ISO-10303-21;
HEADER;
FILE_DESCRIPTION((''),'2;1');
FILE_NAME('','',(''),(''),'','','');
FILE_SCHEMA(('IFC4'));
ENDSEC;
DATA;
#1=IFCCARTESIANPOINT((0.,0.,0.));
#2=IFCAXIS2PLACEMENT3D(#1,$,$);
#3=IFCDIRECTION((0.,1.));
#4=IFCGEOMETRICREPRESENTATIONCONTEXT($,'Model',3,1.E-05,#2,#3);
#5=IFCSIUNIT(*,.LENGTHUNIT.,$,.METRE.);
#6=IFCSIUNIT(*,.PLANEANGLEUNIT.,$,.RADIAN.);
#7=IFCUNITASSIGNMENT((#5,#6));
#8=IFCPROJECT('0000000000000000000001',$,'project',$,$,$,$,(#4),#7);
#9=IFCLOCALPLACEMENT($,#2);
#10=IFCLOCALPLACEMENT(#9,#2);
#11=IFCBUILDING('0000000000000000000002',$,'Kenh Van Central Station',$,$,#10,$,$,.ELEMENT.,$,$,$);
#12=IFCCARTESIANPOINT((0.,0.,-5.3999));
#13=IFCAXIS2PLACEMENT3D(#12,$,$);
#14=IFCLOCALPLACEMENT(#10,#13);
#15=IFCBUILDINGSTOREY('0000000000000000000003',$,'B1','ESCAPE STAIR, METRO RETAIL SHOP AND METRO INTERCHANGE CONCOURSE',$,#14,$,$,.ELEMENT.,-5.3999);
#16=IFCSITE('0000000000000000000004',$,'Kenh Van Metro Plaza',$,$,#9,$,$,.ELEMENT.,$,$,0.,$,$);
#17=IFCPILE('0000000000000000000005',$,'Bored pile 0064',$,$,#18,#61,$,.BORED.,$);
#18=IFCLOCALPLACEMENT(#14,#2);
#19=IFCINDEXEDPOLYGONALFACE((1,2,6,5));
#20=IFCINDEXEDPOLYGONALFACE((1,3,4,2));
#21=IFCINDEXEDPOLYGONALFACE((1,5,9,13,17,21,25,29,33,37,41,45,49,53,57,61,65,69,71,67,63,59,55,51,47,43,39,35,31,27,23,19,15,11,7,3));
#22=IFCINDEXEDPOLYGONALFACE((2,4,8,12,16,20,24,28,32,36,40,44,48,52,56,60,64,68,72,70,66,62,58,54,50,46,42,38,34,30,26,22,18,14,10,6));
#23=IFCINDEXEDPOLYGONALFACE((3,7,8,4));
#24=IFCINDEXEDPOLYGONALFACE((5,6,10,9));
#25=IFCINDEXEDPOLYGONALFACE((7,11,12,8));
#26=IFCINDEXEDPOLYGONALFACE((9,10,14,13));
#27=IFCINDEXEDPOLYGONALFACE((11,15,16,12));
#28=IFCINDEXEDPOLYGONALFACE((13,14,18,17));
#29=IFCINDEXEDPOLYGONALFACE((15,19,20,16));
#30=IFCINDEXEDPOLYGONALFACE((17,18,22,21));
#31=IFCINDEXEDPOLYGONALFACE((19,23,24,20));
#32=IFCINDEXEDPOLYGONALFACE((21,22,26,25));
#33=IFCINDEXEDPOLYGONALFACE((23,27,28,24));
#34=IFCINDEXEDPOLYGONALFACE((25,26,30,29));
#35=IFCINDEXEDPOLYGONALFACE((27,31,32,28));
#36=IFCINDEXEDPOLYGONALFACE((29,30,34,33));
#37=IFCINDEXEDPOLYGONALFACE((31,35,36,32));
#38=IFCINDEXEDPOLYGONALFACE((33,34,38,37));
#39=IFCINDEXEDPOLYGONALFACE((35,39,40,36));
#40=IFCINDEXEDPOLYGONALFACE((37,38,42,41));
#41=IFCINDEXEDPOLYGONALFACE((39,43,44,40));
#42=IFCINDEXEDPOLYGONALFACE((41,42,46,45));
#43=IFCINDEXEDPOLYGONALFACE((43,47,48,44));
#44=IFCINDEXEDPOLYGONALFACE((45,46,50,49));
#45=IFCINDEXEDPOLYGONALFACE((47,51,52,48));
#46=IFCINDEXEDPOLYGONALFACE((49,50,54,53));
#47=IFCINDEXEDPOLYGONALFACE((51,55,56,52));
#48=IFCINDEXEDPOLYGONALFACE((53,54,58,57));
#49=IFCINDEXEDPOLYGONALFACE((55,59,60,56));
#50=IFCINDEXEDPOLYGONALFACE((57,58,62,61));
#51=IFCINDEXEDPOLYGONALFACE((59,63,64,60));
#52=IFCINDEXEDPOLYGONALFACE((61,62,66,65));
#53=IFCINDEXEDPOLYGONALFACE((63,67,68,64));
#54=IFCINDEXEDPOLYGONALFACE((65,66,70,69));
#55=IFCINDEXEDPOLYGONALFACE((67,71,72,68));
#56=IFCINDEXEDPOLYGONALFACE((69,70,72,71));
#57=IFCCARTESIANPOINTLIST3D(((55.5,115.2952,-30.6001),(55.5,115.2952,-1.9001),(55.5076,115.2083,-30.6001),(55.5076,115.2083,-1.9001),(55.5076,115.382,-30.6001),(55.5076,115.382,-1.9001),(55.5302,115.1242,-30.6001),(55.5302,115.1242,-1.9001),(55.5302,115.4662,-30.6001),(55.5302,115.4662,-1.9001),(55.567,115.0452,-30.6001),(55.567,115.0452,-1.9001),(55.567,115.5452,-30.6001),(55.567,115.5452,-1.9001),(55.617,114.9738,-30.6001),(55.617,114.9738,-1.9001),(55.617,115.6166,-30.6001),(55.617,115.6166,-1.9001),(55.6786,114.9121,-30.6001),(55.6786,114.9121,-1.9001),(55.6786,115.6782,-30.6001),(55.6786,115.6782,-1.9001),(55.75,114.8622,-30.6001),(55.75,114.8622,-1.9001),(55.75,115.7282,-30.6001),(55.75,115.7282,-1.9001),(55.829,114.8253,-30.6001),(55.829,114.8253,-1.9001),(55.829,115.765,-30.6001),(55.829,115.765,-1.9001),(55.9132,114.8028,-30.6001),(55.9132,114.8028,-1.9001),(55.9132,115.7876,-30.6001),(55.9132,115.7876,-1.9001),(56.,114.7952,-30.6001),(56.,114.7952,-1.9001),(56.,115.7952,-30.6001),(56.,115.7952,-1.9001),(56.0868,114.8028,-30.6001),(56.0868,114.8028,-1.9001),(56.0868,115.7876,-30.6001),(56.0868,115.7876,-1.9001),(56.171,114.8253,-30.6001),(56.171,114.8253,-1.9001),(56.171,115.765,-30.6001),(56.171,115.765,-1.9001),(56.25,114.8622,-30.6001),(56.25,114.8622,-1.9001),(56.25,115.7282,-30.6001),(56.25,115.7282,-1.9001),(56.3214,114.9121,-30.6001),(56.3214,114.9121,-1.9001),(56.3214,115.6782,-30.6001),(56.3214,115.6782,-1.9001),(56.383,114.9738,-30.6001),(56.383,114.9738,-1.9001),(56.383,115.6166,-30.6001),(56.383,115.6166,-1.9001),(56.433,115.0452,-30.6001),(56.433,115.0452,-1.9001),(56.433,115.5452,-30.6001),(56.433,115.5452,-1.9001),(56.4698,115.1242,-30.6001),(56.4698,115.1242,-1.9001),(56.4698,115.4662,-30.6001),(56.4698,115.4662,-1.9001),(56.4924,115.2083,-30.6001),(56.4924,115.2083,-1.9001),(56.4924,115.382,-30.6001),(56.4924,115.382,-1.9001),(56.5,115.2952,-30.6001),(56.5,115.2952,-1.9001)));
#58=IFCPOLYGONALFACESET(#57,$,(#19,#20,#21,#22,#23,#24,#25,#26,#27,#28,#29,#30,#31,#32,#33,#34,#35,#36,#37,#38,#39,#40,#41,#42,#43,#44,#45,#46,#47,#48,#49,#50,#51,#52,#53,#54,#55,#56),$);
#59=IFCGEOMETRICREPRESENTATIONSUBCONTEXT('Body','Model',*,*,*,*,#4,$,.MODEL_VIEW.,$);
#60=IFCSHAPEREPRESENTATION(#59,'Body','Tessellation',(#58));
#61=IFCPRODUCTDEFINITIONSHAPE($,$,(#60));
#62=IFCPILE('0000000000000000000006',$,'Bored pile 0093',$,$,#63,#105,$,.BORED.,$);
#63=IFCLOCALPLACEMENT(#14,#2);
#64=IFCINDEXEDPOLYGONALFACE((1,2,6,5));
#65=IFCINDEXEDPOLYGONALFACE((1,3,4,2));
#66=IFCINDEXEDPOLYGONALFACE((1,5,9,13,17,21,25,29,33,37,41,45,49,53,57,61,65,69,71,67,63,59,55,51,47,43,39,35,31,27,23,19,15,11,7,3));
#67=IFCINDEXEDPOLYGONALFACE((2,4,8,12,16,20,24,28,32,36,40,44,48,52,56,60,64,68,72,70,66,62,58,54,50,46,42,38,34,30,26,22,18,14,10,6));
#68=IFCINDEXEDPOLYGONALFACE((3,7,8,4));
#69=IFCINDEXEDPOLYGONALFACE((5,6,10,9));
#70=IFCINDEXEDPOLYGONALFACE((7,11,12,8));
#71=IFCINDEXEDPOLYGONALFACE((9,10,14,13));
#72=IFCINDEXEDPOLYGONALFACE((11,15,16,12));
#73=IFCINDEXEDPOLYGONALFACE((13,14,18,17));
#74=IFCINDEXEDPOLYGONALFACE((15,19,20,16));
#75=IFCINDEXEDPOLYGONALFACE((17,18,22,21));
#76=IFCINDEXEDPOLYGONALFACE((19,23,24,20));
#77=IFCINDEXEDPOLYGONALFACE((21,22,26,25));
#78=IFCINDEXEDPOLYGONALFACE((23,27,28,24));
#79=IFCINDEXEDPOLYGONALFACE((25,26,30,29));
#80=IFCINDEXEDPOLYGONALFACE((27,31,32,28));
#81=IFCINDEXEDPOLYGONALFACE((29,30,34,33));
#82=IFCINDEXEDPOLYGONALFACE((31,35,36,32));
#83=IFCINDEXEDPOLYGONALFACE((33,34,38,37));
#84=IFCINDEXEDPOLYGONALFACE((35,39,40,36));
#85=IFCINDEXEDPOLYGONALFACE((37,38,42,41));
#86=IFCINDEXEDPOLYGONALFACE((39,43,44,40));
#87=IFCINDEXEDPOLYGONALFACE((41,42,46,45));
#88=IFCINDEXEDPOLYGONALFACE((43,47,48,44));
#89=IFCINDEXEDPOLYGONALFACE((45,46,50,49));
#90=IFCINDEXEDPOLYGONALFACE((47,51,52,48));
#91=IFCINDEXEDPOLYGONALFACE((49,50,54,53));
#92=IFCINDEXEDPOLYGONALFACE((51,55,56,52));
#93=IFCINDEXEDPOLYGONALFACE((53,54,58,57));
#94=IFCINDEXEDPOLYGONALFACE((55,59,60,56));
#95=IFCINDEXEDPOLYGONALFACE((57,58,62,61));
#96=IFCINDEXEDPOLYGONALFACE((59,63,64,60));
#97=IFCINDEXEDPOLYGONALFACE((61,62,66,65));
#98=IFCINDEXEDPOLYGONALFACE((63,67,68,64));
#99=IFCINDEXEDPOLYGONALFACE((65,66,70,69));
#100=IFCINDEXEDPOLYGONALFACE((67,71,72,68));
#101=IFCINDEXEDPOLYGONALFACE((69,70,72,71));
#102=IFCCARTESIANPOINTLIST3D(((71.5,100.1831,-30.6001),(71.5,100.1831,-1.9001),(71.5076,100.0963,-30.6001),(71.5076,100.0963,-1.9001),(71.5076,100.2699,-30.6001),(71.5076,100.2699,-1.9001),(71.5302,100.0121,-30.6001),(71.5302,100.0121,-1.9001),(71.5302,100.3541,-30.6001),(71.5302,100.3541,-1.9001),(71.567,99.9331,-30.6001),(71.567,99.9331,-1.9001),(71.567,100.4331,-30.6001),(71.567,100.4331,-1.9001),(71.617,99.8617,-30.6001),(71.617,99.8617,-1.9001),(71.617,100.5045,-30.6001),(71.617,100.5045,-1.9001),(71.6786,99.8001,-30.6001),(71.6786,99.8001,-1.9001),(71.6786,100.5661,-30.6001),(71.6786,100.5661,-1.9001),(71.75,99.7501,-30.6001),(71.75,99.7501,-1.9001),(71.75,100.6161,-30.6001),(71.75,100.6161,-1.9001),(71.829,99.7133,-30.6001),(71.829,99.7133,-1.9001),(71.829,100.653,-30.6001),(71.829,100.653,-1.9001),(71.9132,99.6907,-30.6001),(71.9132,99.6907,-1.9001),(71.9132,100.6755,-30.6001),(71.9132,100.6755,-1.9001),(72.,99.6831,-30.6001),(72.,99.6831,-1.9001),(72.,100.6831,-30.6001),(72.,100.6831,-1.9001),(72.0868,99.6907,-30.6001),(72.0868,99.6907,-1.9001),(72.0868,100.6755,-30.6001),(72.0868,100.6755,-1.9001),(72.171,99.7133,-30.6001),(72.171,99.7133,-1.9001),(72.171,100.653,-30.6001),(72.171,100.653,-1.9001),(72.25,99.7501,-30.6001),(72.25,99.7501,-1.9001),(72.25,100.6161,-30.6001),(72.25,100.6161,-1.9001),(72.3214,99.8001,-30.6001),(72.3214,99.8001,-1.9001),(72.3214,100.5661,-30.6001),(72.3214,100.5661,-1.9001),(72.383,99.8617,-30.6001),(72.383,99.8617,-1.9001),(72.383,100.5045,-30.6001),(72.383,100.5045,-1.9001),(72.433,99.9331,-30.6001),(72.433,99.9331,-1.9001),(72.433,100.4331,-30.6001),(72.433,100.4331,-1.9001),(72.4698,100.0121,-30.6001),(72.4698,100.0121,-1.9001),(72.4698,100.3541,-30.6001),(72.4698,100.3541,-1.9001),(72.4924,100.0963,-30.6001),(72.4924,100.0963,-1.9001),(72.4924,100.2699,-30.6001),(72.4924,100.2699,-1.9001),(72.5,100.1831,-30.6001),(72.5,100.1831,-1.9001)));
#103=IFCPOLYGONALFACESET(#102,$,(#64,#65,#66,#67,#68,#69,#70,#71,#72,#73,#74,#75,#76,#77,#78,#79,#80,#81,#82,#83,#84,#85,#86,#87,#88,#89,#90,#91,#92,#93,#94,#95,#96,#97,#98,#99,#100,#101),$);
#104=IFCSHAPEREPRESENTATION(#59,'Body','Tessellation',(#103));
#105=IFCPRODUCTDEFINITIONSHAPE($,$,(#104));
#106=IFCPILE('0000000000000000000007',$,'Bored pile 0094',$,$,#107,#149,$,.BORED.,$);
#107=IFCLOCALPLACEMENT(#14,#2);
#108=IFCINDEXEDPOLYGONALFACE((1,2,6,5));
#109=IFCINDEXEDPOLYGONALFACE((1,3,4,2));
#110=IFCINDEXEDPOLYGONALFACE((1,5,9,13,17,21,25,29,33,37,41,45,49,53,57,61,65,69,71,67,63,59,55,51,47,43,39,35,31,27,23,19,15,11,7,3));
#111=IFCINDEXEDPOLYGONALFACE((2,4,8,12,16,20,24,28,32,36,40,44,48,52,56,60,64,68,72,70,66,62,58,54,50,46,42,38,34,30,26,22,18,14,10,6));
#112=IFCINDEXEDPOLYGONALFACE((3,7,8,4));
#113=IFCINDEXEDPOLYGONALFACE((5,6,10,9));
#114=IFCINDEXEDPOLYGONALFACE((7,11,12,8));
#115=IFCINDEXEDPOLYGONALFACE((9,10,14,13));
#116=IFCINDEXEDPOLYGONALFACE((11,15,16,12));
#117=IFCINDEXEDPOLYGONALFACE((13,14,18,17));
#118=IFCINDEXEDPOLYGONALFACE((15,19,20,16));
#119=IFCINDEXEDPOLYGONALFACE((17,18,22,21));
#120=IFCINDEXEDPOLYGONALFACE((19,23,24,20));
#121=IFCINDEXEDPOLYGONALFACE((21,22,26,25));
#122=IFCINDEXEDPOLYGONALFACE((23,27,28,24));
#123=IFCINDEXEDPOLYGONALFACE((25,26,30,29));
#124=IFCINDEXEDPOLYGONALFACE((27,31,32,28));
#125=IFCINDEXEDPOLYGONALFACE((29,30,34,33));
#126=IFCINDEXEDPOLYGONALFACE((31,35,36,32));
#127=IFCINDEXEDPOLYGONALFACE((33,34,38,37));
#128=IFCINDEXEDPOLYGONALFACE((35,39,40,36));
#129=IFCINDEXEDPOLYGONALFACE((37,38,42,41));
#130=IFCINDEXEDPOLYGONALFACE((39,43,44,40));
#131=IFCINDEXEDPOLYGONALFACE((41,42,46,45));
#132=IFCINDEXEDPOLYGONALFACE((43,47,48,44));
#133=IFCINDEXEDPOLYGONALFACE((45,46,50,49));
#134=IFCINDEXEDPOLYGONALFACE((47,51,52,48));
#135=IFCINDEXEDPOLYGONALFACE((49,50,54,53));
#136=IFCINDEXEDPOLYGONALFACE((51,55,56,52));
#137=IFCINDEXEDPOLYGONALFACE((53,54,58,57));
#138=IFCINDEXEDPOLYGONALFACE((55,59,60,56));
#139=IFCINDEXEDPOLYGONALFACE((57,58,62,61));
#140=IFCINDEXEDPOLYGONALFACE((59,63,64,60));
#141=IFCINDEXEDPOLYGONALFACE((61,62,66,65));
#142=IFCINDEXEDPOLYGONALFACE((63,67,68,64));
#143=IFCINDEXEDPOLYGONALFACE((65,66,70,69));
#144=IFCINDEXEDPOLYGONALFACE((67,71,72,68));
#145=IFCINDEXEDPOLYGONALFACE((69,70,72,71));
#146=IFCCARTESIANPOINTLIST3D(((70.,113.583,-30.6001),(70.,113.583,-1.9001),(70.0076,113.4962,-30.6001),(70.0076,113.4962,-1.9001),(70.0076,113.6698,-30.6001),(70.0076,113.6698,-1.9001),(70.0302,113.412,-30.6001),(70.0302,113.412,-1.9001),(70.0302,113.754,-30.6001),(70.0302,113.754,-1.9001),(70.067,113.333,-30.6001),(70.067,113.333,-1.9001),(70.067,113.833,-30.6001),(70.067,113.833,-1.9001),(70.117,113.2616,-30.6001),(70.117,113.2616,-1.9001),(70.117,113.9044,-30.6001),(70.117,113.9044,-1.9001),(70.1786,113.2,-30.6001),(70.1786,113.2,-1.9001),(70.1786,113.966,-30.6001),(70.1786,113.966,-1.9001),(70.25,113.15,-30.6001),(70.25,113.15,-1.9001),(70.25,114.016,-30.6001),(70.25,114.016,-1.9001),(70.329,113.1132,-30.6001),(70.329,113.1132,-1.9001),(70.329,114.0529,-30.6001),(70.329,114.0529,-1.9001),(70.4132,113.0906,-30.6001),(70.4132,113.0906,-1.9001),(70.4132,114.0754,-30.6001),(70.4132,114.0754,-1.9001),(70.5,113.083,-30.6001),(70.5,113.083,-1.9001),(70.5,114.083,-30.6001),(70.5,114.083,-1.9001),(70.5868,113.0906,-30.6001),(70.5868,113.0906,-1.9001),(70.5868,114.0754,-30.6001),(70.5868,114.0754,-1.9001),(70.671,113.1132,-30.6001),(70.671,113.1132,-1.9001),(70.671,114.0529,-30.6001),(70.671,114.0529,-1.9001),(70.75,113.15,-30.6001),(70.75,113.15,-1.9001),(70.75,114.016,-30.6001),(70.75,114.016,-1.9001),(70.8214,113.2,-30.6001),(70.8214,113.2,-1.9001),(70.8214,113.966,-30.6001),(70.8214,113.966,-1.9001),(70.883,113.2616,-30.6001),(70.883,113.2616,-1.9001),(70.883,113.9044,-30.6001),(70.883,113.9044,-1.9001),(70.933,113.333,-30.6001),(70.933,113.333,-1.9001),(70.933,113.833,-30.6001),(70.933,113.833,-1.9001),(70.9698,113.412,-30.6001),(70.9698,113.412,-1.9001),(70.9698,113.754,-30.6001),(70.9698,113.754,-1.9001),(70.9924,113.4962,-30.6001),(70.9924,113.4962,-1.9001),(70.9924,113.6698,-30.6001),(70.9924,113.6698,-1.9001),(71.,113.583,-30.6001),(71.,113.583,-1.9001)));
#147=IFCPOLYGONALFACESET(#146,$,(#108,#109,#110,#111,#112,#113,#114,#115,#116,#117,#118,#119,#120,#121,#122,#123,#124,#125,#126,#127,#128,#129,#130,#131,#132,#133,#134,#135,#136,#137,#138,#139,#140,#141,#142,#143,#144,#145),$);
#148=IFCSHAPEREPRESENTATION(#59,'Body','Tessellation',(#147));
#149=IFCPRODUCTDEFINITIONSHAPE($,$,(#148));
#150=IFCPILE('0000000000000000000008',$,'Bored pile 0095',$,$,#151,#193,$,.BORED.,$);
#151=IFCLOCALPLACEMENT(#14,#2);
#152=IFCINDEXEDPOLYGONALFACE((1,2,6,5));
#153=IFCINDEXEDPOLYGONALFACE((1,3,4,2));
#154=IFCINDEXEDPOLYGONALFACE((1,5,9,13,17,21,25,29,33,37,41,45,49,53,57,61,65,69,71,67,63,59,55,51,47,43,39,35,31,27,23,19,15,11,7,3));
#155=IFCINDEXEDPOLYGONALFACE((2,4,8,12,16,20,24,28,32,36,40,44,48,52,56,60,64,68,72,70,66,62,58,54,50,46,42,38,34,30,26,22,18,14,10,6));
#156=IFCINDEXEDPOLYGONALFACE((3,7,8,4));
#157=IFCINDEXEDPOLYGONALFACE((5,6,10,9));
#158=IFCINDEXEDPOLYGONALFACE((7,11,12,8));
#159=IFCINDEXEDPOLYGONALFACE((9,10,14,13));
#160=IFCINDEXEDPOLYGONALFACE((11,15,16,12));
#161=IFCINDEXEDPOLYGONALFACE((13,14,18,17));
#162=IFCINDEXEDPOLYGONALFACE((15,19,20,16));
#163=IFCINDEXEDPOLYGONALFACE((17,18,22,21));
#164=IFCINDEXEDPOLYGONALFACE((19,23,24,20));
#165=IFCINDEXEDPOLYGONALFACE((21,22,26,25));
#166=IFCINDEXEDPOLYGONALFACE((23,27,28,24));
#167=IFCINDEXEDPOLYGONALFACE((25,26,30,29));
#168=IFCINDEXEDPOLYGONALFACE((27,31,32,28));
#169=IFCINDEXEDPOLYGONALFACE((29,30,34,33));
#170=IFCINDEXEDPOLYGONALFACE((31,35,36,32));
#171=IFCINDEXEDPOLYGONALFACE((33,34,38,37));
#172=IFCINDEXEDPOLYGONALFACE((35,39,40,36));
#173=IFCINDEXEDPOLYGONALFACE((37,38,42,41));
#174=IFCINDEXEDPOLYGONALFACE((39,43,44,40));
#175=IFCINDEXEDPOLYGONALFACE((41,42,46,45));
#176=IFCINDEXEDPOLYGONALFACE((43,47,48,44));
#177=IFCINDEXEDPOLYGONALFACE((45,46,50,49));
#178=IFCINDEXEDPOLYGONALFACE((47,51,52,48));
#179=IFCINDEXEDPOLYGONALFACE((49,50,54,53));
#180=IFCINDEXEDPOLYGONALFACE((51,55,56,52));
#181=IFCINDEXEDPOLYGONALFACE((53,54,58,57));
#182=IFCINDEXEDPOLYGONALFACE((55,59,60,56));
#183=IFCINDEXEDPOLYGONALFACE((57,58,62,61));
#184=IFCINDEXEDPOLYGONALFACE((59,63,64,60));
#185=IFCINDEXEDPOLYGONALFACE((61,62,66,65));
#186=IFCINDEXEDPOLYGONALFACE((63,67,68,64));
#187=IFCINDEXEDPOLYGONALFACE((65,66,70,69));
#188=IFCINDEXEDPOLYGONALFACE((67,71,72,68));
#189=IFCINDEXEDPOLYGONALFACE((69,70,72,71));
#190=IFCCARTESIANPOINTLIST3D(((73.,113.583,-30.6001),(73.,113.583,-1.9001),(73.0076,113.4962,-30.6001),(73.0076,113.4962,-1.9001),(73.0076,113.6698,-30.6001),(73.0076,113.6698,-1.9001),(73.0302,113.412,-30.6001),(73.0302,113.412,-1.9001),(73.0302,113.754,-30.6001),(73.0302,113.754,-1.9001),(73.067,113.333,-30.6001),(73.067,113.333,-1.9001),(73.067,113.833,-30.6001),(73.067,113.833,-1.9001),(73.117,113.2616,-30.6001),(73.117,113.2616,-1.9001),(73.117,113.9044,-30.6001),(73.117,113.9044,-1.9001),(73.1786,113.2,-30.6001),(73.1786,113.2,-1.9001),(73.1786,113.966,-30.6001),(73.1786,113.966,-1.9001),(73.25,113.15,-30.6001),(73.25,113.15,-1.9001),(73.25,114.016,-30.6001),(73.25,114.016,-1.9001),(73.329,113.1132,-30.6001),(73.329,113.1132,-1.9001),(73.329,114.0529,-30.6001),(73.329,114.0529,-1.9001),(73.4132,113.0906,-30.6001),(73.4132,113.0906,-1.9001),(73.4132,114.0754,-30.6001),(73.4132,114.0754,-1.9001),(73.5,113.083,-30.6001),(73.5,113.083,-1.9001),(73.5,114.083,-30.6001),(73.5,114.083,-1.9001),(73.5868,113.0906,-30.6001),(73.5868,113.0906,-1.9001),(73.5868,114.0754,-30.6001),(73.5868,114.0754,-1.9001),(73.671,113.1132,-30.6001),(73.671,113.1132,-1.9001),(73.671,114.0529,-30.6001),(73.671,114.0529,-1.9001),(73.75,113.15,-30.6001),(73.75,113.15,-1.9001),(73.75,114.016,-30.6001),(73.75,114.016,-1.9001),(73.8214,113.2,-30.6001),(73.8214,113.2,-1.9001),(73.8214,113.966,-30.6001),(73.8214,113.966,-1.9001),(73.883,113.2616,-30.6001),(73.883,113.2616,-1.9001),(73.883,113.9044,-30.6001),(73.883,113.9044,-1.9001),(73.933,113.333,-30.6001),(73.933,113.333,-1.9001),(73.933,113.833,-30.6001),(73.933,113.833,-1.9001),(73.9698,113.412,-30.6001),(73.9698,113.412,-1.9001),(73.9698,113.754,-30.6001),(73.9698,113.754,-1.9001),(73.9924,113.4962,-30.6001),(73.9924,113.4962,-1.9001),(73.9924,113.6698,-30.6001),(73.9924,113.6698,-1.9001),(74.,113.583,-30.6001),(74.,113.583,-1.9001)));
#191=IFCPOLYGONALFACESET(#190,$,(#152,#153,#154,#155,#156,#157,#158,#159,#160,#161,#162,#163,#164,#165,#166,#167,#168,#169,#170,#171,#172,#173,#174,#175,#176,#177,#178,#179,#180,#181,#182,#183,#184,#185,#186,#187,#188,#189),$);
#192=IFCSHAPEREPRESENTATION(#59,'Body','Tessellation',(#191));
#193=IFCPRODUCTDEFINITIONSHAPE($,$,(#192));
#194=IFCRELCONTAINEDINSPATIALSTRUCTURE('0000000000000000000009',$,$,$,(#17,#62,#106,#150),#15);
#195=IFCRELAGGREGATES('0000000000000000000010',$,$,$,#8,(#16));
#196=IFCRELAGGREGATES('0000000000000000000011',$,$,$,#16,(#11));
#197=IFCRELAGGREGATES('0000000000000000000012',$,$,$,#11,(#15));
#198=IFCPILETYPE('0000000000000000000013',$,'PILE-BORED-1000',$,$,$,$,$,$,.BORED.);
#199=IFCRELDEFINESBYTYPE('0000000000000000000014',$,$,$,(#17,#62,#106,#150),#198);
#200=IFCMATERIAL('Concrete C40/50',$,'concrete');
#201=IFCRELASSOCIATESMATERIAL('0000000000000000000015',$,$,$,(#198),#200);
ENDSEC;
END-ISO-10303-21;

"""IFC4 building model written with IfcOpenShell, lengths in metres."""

from ifc_helpers import new_model, si_unit, direction, frame, origin, origin_2d, place, context, subcontext, project, spatial, circle, extrude, material, material_profile, profile_set, type_object, element, save


model = new_model("IFC4")

# Units and contexts
model_context = context("Model", 3, precision=1e-05, world=origin(), true_north=direction((0.0, 1.0)))
body_context = subcontext(model_context, "Body", "Model", "MODEL_VIEW")
ifc_project = project(units=[si_unit("LENGTHUNIT", "METRE"), si_unit("PLANEANGLEUNIT", "RADIAN")], contexts=[model_context])

# Site, building, storey
site_placement = place(None, origin())
site = spatial("IfcSite", under=ifc_project, at=site_placement, Name="Kenh Van Metro Plaza", CompositionType="ELEMENT", RefElevation=0.0)
building_placement = place(site_placement, origin())
building = spatial("IfcBuilding", under=site, at=building_placement, Name="Kenh Van Central Station", CompositionType="ELEMENT")
storey_placement = place(building_placement, frame((0.0, 0.0, -5.3999)))
storey = spatial("IfcBuildingStorey", under=building, at=storey_placement, Name="B1", Description="ESCAPE STAIR, METRO RETAIL SHOP AND METRO INTERCHANGE CONCOURSE", CompositionType="ELEMENT", Elevation=-5.3999)

# Shared definitions
ifc_material_1 = material(Name="Concrete C40/50", Category="concrete")

# Piles
ifc_material_profile_1 = material_profile(ifc_material_1, circle(Radius=0.5, at=origin_2d()), Name="PILE D1000")
ifc_profile_set_1 = profile_set([ifc_material_profile_1], Name="Concrete C40/50")
pile_type_1 = type_object("IfcPileType", Name="PILE-BORED-1000", PredefinedType="BORED", material=ifc_profile_set_1)
for number, where, z_axis, x_axis, name in (
    (1, (56.0, 115.2952, -1.9001), (0.0, 0.0, -1.0), (1.0, 0.0, 0.0), "Bored pile 0064"),
    (2, (72.0, 100.1831, -1.9001), (0.0, 0.0, -1.0), (1.0, 0.0, 0.0), "Bored pile 0093"),
    (3, (70.5, 113.583, -1.9001), (0.0, 0.0, -1.0), (1.0, 0.0, 0.0), "Bored pile 0094"),
    (4, (73.5, 113.583, -1.9001), (0.0, 0.0, -1.0), (1.0, 0.0, 0.0), "Bored pile 0095"),
):
    element("IfcPile", number, at=place(storey_placement, frame(where, z_axis=z_axis, x_axis=x_axis)), inside=storey, type_object=pile_type_1, Name=name, PredefinedType="BORED", context=body_context, shape_type="SweptSolid", body=[
        extrude(circle(Radius=0.5, at=origin_2d()), origin(), (0.0, 0.0, 1.0), 28.7),
    ])

save(model, "model.ifc")
